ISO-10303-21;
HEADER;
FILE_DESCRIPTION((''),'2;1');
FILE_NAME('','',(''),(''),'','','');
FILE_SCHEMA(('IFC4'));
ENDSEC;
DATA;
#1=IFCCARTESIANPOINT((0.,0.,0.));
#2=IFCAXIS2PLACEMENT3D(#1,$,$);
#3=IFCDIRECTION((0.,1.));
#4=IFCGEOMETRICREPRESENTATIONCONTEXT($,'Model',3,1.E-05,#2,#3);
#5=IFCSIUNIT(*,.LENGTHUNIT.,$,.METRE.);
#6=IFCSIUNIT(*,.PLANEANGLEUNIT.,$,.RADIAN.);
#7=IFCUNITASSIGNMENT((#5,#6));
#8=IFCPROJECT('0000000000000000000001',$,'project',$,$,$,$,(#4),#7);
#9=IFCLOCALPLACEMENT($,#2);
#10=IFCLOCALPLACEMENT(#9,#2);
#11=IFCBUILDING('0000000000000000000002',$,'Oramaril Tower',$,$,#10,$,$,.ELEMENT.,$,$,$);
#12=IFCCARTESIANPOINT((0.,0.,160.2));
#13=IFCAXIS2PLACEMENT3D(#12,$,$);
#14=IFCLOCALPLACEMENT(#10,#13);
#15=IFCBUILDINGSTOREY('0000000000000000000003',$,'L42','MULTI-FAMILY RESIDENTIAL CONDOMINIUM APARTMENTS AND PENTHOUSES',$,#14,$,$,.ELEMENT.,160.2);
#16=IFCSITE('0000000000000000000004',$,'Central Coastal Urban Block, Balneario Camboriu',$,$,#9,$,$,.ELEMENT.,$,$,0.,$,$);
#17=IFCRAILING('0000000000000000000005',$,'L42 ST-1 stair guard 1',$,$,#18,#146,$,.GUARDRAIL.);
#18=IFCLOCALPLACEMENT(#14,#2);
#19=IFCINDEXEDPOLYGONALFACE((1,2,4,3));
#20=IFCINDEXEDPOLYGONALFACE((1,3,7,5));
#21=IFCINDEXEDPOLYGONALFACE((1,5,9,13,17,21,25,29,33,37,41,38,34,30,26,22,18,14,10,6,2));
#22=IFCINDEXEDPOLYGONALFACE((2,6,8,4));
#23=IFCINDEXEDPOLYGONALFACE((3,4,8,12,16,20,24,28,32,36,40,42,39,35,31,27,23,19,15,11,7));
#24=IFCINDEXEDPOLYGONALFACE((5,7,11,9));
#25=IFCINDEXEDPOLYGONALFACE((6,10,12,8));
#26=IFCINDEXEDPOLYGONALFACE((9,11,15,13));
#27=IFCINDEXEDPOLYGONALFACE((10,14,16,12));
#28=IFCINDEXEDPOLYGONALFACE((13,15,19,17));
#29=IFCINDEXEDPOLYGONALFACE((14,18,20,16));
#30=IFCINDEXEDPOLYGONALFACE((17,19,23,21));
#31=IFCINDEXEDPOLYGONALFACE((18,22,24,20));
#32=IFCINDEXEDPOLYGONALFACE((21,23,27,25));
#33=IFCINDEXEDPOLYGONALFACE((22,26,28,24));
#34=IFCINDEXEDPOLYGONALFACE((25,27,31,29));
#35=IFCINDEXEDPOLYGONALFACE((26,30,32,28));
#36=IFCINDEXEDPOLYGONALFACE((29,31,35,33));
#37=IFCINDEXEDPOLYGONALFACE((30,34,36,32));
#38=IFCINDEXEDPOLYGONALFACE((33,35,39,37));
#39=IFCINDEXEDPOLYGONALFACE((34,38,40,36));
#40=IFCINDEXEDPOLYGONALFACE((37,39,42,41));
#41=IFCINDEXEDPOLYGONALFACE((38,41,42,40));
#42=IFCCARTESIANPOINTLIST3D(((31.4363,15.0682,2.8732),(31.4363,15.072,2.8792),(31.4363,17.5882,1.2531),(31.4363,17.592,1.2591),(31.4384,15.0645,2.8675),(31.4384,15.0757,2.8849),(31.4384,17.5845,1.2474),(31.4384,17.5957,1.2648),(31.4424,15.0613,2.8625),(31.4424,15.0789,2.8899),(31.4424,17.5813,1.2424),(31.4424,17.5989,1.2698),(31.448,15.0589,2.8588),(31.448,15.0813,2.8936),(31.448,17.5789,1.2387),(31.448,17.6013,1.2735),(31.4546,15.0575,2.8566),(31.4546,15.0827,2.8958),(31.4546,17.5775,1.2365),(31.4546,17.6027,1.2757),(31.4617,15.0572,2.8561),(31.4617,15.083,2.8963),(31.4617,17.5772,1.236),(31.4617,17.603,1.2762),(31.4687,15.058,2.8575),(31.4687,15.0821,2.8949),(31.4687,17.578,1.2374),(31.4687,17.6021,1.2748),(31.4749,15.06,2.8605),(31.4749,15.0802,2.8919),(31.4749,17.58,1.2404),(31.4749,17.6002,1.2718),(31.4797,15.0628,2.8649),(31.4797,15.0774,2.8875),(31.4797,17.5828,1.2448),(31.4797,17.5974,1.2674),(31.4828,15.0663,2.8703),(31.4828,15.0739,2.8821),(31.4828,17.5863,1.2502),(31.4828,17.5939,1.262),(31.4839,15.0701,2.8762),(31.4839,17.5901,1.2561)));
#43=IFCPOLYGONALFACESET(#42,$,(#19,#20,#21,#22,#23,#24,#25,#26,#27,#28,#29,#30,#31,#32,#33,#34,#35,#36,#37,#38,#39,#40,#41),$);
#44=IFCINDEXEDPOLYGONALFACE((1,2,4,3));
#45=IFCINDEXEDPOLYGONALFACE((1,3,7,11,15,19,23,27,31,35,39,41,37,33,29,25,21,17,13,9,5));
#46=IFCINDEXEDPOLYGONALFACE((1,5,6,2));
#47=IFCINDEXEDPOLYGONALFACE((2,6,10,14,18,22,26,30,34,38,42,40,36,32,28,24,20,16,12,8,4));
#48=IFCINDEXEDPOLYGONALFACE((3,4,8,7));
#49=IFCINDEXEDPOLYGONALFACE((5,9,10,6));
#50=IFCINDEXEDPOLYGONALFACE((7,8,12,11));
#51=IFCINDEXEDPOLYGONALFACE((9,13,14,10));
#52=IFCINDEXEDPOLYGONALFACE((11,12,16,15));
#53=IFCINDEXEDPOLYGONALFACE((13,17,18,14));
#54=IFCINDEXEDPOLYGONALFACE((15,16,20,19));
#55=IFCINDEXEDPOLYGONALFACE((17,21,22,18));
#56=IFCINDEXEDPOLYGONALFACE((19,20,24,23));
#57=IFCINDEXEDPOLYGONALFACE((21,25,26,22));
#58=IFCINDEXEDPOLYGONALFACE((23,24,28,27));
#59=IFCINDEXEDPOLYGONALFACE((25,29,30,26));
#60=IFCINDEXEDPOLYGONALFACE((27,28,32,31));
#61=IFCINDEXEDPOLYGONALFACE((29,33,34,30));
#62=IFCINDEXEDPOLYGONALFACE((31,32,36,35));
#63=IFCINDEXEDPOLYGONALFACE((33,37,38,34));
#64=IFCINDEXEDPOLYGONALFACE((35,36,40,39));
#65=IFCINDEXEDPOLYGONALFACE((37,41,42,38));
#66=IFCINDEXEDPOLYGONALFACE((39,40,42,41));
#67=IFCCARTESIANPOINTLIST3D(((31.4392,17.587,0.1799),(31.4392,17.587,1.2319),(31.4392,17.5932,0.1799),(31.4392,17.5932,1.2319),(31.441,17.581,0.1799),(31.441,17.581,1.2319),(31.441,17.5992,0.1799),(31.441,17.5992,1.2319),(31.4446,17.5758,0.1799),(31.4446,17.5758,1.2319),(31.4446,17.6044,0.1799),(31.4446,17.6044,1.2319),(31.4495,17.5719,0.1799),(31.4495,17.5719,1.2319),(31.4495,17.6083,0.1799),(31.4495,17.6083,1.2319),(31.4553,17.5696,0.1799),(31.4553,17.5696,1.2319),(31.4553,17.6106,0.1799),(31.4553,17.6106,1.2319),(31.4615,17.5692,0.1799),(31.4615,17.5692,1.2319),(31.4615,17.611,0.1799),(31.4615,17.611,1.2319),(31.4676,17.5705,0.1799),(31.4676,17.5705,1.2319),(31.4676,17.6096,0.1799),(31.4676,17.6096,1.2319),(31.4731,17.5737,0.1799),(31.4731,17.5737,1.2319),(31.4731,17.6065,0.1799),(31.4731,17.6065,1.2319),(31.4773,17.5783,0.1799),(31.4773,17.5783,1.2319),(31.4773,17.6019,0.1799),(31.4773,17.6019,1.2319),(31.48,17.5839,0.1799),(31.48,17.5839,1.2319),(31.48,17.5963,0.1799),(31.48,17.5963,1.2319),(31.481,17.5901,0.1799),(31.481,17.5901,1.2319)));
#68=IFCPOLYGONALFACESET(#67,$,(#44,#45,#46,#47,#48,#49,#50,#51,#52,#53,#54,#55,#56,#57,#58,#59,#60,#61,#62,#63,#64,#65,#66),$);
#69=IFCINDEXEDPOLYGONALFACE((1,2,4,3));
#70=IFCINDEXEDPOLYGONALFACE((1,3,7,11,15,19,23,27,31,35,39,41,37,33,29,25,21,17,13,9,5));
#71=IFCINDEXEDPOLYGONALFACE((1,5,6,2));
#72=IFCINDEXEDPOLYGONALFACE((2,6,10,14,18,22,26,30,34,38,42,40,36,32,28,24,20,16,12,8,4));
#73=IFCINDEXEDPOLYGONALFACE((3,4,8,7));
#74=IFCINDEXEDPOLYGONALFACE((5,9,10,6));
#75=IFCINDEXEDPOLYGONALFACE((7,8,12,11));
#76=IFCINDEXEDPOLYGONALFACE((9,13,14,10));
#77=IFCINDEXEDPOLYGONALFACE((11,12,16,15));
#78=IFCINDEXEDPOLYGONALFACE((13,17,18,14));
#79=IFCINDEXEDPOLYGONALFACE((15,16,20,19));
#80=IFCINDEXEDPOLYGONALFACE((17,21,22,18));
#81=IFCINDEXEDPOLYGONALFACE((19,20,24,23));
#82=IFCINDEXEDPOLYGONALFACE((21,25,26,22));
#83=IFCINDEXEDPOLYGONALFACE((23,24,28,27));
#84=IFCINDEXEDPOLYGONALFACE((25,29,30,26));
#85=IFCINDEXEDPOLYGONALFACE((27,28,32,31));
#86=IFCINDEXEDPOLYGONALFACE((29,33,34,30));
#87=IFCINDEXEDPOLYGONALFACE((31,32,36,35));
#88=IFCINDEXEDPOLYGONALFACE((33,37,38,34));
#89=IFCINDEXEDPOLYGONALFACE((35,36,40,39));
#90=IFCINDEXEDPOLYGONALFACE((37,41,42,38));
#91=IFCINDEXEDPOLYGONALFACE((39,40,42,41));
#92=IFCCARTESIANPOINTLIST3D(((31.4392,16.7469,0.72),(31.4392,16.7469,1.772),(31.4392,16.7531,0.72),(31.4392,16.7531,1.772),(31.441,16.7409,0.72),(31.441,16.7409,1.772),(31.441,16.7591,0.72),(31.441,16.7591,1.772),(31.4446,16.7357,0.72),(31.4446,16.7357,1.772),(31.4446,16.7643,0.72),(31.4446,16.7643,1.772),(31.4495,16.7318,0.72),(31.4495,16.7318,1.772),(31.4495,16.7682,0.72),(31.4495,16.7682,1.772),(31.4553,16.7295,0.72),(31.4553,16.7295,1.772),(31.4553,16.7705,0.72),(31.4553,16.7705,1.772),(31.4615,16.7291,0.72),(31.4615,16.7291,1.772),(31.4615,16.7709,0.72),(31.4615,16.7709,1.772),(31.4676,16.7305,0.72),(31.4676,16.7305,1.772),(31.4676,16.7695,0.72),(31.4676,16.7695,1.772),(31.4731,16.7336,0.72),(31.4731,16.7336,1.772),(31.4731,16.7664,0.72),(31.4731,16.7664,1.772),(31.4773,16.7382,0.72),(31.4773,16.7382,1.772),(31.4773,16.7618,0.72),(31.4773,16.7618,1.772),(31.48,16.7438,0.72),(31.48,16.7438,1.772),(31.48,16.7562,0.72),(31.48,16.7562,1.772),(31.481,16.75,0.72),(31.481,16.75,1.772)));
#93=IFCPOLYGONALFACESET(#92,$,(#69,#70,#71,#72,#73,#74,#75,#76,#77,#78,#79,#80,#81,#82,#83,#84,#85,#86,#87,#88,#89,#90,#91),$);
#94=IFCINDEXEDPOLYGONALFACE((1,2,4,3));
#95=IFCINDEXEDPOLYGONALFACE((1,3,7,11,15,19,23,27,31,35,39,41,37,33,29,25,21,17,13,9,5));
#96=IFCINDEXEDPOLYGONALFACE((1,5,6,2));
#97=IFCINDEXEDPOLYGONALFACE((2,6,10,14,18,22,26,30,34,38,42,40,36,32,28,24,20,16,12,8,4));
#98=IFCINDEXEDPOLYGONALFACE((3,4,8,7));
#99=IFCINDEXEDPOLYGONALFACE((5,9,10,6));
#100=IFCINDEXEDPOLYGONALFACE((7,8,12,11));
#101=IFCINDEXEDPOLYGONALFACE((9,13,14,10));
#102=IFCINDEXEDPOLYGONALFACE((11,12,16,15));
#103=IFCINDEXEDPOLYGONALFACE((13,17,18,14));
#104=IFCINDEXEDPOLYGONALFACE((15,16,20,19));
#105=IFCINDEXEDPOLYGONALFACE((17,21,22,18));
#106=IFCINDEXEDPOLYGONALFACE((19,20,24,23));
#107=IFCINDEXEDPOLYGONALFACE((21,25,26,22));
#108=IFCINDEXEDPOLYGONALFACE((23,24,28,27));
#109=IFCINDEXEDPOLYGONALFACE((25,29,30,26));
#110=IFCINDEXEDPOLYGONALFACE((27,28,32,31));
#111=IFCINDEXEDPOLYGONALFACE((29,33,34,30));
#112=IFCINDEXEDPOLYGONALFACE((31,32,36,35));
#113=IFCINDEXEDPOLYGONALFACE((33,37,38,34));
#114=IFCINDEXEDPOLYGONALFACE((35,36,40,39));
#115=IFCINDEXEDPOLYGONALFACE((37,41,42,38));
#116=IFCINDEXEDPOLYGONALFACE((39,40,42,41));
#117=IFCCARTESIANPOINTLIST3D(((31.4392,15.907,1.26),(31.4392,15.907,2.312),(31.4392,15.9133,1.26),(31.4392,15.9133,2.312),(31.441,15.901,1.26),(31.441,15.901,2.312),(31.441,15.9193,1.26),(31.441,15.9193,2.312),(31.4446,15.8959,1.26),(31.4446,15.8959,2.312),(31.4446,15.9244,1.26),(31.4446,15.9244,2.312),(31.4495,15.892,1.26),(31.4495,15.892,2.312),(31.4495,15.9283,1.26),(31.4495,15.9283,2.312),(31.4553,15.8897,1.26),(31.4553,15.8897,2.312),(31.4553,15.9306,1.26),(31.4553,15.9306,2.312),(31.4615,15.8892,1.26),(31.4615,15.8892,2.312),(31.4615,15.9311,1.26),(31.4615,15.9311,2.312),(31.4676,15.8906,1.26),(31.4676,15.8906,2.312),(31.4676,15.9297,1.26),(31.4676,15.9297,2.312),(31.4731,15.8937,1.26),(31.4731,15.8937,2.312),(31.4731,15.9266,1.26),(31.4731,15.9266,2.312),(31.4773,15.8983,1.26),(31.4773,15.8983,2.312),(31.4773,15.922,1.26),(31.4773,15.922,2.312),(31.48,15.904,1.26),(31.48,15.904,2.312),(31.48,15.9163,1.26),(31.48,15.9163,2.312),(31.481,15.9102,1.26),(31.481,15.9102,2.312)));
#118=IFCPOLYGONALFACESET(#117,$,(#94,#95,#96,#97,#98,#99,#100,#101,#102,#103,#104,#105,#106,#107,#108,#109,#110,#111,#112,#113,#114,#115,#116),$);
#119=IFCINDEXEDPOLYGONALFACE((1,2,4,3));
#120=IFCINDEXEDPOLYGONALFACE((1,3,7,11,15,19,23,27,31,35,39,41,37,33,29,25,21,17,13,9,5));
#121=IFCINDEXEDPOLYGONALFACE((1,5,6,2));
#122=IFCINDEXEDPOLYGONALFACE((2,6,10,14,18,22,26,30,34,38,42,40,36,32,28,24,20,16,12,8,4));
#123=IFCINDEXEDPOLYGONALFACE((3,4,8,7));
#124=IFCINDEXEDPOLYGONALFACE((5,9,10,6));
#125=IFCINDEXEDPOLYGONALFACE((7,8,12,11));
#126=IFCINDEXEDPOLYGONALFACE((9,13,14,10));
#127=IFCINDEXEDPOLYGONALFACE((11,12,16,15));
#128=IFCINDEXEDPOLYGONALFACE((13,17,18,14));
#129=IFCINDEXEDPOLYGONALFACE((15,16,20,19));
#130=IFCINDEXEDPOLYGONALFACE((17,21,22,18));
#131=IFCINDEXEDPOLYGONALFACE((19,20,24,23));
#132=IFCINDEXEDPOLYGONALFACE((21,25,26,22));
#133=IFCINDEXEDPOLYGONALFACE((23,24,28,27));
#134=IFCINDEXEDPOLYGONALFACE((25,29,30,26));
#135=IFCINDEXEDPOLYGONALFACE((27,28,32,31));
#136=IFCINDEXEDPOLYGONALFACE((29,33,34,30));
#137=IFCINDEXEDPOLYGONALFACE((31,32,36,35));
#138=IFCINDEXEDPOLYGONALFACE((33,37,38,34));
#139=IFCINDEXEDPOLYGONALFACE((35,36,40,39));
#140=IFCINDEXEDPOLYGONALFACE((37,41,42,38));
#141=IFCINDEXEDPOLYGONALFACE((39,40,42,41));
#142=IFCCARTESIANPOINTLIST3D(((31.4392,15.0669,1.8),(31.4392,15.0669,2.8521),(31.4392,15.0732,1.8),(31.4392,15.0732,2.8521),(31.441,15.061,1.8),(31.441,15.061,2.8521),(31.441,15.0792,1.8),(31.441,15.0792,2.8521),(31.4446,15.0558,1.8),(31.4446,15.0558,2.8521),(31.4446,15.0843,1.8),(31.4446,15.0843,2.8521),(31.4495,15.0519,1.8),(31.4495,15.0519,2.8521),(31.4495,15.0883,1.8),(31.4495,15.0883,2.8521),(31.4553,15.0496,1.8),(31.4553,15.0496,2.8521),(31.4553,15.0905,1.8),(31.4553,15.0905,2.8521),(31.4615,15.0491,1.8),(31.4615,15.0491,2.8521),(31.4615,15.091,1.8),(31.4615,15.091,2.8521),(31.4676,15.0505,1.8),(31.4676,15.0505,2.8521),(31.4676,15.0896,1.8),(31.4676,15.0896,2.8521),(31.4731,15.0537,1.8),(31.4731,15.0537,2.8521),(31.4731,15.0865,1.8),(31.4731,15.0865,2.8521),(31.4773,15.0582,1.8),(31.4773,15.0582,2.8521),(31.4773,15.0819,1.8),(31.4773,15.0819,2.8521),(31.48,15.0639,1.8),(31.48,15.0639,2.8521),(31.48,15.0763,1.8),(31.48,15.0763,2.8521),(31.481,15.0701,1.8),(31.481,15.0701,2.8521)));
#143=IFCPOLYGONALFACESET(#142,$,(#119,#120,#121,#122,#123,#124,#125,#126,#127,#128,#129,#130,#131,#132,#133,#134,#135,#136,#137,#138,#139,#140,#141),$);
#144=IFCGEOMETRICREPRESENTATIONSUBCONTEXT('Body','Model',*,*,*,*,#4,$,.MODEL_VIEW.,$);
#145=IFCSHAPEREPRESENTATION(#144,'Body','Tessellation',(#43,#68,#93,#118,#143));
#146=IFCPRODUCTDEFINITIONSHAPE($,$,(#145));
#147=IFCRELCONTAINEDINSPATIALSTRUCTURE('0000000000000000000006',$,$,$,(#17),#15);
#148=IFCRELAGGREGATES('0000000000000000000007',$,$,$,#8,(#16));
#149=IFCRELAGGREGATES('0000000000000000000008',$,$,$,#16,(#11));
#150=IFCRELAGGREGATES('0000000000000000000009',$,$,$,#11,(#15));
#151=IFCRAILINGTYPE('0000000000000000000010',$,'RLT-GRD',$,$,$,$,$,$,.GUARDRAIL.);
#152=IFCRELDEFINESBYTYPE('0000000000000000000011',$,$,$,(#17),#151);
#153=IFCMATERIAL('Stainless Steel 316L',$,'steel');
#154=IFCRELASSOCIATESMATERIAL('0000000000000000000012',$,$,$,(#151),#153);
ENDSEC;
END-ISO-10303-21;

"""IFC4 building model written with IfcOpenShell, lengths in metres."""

from ifc_helpers import new_model, si_unit, direction, frame, origin, origin_2d, place, context, subcontext, project, spatial, circle, extrude, material, type_object, element, save


model = new_model("IFC4")

# Units and contexts
model_context = context("Model", 3, precision=1e-05, world=origin(), true_north=direction((0.0, 1.0)))
body_context = subcontext(model_context, "Body", "Model", "MODEL_VIEW")
ifc_project = project(units=[si_unit("LENGTHUNIT", "METRE"), si_unit("PLANEANGLEUNIT", "RADIAN")], contexts=[model_context])

# Site, building, storey
site_placement = place(None, origin())
site = spatial("IfcSite", under=ifc_project, at=site_placement, Name="Central Coastal Urban Block, Balneario Camboriu", CompositionType="ELEMENT", RefElevation=0.0)
building_placement = place(site_placement, origin())
building = spatial("IfcBuilding", under=site, at=building_placement, Name="Oramaril Tower", CompositionType="ELEMENT")
storey_placement = place(building_placement, frame((0.0, 0.0, 160.2)))
storey = spatial("IfcBuildingStorey", under=building, at=storey_placement, Name="L42", Description="MULTI-FAMILY RESIDENTIAL CONDOMINIUM APARTMENTS AND PENTHOUSES", CompositionType="ELEMENT", Elevation=160.2)

# Railing
ifc_material_1 = material(Name="Stainless Steel 316L", Category="steel")
railing_type_1 = type_object("IfcRailingType", Name="RLT-GRD", PredefinedType="GUARDRAIL", material=ifc_material_1)
railing_1_placement = place(storey_placement, frame((31.46, 17.5901, 0.1799)))
element("IfcRailing", 1, at=railing_1_placement, inside=storey, type_object=railing_type_1, Name="L42 ST-1 stair guard 1", PredefinedType="GUARDRAIL", context=body_context, shape_type="SweptSolid", body=[
    extrude(circle(Radius=0.0239, at=origin_2d()), frame((0.0, 0.0, 1.0762), z_axis=(0.0, -0.841163, 0.540782), x_axis=(1.0, 0.0, 0.0)), (0.0, 0.0, 1.0), 2.9958),
    extrude(circle(Radius=0.021, at=origin_2d()), origin(), (0.0, 0.0, 1.0), 1.052),
    extrude(circle(Radius=0.021, at=origin_2d()), frame((0.0, -0.8401, 0.54)), (0.0, 0.0, 1.0), 1.052),
    extrude(circle(Radius=0.021, at=origin_2d()), frame((0.0, -1.6799, 1.0801)), (0.0, 0.0, 1.0), 1.052),
    extrude(circle(Radius=0.021, at=origin_2d()), frame((0.0, -2.52, 1.6201)), (0.0, 0.0, 1.0), 1.052),
])

save(model, "model.ifc")
